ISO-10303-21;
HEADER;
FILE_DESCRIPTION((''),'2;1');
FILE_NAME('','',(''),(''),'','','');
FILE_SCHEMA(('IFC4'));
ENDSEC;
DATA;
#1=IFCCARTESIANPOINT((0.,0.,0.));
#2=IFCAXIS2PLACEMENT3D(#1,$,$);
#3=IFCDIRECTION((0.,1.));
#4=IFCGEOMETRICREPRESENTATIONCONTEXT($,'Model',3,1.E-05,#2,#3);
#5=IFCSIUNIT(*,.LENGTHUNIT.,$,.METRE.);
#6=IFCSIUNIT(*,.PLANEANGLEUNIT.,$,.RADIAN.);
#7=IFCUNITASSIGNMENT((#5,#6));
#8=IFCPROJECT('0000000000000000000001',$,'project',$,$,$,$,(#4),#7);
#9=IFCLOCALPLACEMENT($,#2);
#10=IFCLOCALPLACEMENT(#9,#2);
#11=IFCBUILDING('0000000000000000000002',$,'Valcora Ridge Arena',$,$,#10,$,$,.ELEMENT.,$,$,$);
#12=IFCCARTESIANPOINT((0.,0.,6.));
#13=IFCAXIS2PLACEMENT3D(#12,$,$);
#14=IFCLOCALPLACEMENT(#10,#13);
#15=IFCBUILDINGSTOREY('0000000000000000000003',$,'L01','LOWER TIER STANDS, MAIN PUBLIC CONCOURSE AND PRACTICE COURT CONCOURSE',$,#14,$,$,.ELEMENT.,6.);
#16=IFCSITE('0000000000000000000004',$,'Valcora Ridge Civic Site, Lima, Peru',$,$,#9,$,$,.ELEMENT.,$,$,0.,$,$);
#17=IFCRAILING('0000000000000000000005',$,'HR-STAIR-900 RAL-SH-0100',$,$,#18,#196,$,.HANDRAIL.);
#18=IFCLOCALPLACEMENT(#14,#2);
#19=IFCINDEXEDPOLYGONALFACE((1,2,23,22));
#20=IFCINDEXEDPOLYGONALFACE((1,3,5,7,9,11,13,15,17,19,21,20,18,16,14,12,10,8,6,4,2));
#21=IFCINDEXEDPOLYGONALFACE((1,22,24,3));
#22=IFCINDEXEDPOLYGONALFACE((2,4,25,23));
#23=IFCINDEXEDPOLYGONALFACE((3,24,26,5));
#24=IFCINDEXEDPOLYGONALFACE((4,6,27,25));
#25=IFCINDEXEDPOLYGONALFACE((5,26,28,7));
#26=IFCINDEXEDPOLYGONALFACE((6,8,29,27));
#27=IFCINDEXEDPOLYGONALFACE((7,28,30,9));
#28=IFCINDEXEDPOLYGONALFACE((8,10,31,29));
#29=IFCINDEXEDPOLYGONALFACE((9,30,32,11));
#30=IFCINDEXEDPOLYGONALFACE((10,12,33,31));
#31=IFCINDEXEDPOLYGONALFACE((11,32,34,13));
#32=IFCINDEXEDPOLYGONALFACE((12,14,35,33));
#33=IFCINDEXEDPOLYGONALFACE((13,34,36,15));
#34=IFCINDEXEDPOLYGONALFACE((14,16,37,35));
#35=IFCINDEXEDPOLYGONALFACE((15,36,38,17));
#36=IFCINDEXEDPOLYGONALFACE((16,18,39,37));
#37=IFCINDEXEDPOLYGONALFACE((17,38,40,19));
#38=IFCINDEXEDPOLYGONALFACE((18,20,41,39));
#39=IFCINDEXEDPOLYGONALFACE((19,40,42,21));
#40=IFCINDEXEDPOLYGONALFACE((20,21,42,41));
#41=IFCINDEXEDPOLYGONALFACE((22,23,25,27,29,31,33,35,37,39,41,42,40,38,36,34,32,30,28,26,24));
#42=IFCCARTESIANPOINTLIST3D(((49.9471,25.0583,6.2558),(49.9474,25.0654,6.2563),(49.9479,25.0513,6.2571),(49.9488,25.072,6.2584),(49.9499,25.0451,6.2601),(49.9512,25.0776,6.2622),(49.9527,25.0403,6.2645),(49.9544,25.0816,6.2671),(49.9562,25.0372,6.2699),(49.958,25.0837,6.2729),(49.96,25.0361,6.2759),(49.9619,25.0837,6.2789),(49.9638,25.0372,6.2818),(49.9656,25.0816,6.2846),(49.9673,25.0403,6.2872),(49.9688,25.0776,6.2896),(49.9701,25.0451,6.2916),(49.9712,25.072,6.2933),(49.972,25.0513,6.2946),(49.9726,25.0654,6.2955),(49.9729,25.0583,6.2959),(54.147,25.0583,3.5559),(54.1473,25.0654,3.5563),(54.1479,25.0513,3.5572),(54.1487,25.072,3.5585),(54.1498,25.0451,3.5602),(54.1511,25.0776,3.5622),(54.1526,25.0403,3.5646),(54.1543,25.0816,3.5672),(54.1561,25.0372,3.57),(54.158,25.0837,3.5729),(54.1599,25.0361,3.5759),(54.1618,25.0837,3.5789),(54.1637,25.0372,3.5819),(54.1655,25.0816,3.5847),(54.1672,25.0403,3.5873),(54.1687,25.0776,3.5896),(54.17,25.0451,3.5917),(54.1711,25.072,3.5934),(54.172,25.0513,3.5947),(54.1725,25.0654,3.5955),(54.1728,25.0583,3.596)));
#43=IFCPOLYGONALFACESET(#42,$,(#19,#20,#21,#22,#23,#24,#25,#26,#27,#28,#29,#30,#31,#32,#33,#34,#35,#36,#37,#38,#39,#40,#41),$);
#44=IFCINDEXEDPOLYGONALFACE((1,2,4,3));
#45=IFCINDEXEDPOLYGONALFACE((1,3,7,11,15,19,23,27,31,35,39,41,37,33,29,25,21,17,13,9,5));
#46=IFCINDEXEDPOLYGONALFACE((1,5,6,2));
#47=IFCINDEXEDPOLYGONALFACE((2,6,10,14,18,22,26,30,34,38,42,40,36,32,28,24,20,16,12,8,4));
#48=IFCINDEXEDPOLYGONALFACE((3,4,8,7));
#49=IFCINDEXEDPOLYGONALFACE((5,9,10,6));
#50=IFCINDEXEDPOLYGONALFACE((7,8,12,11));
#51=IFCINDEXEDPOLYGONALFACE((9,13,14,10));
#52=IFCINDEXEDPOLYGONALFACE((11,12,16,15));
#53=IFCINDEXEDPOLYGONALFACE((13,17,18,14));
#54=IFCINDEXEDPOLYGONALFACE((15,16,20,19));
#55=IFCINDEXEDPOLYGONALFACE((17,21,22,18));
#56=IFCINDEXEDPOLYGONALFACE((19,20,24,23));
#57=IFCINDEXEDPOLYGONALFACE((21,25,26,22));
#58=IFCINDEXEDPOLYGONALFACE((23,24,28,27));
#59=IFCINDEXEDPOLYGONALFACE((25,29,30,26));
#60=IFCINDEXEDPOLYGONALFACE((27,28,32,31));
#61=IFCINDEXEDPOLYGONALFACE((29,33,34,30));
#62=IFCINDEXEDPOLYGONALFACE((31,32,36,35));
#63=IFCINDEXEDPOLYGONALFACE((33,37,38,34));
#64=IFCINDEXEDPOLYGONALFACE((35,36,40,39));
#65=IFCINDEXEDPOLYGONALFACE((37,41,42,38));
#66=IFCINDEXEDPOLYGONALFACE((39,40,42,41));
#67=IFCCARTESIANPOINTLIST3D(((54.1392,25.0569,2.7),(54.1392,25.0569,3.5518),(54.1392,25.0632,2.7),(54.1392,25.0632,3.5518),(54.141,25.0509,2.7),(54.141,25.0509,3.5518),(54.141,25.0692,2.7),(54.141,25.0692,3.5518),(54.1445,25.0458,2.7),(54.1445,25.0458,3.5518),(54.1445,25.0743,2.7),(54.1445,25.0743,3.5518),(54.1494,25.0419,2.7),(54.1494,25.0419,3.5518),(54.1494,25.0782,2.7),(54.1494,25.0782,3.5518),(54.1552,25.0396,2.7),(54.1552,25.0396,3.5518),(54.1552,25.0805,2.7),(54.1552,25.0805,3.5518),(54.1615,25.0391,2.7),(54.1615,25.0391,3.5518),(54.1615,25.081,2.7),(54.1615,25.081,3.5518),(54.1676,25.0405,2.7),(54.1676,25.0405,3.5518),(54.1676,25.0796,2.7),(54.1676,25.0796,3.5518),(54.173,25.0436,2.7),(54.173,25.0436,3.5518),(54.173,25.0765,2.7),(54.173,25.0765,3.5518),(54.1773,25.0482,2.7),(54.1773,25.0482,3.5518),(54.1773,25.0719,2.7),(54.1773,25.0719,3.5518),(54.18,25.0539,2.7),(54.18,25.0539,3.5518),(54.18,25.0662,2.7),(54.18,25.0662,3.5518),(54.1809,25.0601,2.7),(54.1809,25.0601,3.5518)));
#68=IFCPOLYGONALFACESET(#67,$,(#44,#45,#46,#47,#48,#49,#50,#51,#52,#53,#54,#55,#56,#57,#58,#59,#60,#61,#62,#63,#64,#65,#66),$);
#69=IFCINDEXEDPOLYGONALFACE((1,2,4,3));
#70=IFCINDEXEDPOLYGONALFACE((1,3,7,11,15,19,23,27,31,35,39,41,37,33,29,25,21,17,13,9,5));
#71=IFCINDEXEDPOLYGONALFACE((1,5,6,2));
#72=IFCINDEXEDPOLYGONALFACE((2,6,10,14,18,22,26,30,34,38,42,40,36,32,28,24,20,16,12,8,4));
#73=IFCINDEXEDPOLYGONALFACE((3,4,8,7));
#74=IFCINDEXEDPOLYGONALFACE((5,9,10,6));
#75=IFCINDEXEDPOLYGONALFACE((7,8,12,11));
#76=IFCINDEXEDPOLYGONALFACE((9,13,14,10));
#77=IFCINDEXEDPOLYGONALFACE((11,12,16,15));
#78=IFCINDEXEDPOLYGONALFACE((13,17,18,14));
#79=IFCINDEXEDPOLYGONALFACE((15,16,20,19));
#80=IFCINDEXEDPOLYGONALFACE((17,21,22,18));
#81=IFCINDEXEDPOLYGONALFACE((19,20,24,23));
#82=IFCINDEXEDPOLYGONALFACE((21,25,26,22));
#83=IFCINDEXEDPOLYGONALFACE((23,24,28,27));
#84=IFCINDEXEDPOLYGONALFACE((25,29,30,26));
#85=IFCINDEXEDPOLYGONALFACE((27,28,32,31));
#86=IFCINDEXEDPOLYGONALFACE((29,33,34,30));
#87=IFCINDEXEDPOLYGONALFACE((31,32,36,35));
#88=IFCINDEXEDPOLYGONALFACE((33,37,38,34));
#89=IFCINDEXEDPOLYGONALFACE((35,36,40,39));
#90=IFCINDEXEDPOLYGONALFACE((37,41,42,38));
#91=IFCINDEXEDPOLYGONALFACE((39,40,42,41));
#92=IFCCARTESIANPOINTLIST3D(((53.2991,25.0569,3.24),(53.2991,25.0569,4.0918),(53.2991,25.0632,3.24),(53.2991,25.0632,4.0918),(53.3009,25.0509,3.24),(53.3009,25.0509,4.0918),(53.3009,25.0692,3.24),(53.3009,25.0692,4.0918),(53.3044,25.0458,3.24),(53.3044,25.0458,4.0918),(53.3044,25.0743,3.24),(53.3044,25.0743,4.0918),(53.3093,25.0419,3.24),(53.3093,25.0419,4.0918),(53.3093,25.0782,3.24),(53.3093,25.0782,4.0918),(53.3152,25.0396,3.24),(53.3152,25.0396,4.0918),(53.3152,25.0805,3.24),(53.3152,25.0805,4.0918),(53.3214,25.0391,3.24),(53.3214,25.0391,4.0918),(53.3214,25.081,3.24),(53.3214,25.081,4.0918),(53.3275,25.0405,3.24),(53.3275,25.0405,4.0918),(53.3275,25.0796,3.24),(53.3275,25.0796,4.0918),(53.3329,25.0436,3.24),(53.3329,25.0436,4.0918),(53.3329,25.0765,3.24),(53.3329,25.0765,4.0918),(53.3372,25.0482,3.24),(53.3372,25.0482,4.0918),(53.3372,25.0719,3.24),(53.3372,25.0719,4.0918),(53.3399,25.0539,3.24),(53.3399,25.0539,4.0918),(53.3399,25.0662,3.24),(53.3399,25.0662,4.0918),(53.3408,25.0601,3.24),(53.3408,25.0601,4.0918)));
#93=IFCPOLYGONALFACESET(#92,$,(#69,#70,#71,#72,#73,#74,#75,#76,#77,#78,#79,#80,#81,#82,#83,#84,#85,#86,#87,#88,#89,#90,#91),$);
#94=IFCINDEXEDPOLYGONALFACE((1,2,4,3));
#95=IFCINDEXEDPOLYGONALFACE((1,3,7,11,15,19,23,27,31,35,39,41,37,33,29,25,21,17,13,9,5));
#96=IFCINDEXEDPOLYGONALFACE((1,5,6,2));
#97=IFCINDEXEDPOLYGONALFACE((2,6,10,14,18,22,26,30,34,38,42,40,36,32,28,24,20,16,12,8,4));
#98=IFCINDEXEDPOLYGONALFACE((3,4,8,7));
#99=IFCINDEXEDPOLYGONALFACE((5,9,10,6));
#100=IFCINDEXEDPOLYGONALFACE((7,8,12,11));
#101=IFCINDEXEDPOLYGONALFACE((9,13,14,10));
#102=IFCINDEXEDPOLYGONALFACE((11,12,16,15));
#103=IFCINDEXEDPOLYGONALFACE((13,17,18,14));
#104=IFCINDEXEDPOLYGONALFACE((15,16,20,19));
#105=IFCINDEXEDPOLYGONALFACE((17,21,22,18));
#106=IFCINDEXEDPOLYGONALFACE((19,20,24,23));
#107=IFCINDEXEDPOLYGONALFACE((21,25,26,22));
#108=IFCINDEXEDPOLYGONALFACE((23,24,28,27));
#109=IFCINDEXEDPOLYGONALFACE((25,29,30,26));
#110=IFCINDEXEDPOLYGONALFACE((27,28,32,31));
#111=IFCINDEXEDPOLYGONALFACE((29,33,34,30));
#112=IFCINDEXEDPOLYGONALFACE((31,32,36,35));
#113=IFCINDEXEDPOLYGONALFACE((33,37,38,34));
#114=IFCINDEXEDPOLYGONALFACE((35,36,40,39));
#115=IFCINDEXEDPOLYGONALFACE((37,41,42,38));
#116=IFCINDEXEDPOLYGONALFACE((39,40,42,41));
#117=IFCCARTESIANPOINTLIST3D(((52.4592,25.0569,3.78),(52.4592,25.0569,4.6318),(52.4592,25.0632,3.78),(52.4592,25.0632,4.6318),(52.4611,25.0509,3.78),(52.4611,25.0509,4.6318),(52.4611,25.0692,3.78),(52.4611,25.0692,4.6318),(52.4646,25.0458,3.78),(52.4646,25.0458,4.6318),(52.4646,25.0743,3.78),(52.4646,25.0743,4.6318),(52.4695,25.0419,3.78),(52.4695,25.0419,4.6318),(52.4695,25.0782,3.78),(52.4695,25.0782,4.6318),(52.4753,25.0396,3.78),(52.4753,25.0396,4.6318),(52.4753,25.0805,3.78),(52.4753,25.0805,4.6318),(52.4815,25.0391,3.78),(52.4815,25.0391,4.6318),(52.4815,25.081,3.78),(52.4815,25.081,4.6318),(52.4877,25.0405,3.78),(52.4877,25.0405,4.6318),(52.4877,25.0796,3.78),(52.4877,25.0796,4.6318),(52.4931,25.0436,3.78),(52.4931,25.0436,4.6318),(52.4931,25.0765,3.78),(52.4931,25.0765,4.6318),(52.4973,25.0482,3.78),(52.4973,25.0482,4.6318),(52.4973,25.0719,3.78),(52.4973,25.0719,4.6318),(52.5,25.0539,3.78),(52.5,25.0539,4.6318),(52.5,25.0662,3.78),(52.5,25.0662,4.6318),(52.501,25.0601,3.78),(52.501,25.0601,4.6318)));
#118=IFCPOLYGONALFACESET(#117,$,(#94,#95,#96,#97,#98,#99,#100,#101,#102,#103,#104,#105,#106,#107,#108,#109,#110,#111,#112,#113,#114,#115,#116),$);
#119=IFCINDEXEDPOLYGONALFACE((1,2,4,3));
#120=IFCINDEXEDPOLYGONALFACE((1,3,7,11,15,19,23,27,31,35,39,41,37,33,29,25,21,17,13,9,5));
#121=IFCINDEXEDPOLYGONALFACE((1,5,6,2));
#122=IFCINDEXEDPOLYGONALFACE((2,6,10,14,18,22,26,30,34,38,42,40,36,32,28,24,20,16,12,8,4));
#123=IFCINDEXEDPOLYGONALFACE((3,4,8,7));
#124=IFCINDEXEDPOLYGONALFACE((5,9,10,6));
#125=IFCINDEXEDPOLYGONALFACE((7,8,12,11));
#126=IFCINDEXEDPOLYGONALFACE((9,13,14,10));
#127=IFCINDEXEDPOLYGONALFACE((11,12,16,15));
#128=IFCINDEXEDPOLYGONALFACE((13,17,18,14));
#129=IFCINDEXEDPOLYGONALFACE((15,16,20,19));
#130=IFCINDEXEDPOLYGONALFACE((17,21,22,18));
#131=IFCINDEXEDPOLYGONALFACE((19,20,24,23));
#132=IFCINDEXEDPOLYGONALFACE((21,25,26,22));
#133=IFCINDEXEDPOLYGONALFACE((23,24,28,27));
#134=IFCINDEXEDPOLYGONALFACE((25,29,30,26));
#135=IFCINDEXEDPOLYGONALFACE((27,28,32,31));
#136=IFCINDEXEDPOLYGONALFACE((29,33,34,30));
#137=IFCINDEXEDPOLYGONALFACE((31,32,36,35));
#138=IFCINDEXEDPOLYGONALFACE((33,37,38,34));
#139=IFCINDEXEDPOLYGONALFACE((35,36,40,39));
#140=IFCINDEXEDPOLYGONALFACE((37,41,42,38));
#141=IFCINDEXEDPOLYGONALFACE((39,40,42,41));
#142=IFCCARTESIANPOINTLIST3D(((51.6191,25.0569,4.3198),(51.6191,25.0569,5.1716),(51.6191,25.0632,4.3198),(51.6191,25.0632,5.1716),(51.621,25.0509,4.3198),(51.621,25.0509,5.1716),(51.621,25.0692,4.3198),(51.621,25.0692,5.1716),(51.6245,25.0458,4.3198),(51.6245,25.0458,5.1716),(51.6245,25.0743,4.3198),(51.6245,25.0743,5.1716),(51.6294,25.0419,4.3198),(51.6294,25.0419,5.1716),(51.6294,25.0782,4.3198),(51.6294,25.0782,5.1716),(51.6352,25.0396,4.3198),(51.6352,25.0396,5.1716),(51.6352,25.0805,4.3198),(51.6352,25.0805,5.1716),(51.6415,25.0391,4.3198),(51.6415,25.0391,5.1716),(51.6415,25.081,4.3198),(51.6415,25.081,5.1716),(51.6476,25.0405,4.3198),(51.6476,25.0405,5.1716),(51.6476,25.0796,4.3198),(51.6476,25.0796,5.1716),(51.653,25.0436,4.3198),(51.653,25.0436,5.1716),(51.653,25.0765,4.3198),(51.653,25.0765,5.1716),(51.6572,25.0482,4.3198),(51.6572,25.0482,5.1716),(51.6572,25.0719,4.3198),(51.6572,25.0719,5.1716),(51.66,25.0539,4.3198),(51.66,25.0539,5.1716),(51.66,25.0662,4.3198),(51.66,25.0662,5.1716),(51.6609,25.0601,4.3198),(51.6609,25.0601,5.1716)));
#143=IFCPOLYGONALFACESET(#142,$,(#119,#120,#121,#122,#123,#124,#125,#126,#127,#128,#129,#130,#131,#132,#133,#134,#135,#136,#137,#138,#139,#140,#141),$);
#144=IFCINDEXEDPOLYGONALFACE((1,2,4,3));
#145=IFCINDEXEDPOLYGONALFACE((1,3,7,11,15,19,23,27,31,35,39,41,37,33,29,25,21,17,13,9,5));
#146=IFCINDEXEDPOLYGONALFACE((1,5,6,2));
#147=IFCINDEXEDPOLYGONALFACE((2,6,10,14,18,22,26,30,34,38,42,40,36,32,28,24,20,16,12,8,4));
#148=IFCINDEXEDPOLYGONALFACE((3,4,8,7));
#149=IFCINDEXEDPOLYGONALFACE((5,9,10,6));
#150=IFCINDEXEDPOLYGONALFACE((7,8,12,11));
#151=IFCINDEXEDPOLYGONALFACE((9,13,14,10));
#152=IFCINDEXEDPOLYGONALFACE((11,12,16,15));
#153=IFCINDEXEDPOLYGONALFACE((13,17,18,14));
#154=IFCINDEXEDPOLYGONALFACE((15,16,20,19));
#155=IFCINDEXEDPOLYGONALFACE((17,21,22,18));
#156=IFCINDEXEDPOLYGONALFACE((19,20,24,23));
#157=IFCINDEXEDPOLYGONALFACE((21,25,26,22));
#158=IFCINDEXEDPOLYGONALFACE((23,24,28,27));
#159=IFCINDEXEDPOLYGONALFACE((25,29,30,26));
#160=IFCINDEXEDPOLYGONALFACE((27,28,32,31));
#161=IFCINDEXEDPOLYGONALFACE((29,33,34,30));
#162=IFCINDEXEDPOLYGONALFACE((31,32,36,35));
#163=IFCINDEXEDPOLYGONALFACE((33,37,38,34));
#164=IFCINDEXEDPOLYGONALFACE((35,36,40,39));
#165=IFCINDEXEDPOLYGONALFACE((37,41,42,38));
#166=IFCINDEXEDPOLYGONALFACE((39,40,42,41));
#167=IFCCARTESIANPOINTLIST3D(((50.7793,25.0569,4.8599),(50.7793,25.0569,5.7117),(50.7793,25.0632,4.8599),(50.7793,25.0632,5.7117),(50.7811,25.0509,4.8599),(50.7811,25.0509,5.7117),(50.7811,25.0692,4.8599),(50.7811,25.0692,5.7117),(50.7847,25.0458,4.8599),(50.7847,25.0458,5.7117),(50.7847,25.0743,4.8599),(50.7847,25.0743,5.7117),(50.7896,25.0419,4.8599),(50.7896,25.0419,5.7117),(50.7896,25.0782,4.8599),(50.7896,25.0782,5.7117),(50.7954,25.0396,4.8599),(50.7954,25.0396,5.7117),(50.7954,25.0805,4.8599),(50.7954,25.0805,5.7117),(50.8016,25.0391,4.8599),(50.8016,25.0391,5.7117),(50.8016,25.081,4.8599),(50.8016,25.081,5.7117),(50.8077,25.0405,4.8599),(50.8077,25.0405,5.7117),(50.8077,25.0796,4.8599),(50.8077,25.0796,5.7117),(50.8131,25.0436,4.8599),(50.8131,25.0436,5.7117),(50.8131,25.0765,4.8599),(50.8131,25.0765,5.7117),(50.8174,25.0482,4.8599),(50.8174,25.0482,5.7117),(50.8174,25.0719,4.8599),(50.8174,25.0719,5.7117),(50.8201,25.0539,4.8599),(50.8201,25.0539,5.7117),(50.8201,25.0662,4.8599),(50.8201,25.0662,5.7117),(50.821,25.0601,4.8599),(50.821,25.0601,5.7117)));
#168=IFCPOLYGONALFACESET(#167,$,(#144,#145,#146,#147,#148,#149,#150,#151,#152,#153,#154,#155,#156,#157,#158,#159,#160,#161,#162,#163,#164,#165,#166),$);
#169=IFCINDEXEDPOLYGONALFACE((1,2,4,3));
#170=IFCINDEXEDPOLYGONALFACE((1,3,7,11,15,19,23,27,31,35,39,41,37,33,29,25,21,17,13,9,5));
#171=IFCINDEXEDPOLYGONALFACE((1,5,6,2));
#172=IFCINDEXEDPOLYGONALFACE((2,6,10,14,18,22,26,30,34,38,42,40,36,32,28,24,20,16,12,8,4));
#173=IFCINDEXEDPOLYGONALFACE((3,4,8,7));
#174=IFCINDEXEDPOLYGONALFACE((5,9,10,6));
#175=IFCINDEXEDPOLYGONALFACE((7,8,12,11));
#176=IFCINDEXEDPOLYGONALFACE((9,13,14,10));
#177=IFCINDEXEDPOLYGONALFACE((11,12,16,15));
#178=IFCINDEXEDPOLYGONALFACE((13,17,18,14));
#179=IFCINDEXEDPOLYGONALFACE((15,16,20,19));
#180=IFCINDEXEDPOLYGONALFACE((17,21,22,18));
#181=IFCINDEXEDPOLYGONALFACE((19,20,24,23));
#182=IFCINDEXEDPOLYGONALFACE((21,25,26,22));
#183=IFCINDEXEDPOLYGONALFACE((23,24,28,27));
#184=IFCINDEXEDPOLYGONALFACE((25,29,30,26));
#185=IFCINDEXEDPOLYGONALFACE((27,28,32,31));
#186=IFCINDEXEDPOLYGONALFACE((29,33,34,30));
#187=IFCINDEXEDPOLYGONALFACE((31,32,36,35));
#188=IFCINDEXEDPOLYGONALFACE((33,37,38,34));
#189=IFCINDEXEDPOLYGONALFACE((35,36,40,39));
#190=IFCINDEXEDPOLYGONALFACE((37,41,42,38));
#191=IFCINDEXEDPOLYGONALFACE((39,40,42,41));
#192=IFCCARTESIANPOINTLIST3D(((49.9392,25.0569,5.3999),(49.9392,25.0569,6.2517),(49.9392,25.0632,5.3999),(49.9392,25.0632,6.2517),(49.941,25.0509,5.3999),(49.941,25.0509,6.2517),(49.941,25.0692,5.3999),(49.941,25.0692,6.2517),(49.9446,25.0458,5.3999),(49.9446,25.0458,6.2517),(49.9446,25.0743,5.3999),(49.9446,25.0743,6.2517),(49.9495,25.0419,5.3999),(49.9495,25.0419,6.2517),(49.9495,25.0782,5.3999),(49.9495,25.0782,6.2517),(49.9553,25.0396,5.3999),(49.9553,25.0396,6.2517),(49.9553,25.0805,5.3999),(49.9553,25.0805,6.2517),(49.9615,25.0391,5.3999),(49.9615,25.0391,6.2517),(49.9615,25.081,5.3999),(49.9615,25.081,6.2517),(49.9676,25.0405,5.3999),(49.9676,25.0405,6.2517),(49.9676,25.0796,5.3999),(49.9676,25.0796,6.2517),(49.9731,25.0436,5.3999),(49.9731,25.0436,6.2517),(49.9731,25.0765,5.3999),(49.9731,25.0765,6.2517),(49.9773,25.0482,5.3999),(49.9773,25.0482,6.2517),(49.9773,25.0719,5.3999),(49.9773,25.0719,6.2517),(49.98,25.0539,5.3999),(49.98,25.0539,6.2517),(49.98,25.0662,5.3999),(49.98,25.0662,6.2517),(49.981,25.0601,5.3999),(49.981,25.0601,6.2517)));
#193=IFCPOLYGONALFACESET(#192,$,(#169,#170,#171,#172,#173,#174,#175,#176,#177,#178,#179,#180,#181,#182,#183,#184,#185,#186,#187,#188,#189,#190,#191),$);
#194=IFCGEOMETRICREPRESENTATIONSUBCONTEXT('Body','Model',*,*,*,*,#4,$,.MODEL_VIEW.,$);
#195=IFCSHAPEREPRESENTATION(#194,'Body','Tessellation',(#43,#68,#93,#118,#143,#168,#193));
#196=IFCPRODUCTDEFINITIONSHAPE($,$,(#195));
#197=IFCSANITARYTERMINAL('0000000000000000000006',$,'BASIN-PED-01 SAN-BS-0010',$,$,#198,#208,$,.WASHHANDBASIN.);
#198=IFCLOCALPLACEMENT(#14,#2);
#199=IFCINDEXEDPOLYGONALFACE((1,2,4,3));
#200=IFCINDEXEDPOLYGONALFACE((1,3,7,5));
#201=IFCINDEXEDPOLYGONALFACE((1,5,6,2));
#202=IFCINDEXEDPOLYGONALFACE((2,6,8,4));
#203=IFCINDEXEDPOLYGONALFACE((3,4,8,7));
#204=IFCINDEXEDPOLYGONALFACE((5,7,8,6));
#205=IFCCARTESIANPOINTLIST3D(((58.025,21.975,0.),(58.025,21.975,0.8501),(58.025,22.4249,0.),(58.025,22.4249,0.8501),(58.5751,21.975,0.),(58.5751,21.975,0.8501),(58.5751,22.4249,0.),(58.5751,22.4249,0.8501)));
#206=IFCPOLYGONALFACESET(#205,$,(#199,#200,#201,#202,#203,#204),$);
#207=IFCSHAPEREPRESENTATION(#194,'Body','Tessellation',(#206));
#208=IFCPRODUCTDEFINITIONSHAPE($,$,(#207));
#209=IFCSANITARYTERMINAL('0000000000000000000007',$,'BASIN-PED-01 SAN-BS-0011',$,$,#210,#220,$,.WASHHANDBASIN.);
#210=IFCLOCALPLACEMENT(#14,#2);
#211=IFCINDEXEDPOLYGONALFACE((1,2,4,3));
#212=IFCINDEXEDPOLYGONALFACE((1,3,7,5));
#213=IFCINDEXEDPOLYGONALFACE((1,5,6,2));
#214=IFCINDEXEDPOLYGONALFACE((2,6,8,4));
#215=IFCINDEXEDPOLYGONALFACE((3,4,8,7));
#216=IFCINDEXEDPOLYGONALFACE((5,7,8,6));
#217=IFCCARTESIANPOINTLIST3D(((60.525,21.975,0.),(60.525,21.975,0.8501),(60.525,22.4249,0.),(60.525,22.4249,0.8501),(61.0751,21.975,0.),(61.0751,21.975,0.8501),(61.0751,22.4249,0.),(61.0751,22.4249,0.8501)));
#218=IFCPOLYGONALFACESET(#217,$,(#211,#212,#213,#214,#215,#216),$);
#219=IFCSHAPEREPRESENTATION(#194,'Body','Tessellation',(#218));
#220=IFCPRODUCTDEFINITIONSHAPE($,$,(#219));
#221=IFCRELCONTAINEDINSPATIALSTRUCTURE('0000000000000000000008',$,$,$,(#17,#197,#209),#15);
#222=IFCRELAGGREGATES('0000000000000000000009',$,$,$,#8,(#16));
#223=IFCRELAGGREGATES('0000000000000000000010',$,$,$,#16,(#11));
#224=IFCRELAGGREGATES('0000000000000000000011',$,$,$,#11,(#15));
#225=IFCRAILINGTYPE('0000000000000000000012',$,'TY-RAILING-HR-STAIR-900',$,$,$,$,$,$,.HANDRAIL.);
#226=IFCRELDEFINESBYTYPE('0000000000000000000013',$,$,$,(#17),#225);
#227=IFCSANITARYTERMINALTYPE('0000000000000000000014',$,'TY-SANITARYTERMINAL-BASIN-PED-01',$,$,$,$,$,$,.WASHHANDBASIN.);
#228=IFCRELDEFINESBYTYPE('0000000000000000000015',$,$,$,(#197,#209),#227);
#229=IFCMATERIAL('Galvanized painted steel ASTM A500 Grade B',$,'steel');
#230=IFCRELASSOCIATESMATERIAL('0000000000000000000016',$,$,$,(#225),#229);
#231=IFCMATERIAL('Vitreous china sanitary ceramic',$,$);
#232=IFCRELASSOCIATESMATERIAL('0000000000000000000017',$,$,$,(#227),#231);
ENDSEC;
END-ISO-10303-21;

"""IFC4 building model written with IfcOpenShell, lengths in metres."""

from ifc_helpers import new_model, si_unit, direction, frame, origin, origin_2d, place, context, subcontext, project, spatial, rectangle, circle, extrude, material, type_object, element, save


model = new_model("IFC4")

# Units and contexts
model_context = context("Model", 3, precision=1e-05, world=origin(), true_north=direction((0.0, 1.0)))
body_context = subcontext(model_context, "Body", "Model", "MODEL_VIEW")
ifc_project = project(units=[si_unit("LENGTHUNIT", "METRE"), si_unit("PLANEANGLEUNIT", "RADIAN")], contexts=[model_context])

# Site, building, storey
site_placement = place(None, origin())
site = spatial("IfcSite", under=ifc_project, at=site_placement, Name="Valcora Ridge Civic Site, Lima, Peru", CompositionType="ELEMENT", RefElevation=0.0)
building_placement = place(site_placement, origin())
building = spatial("IfcBuilding", under=site, at=building_placement, Name="Valcora Ridge Arena", CompositionType="ELEMENT")
storey_placement = place(building_placement, frame((0.0, 0.0, 6.0)))
storey = spatial("IfcBuildingStorey", under=building, at=storey_placement, Name="L01", Description="LOWER TIER STANDS, MAIN PUBLIC CONCOURSE AND PRACTICE COURT CONCOURSE", CompositionType="ELEMENT", Elevation=6.0)

# Railing
ifc_material_1 = material(Name="Galvanized painted steel ASTM A500 Grade B", Category="steel")
railing_type = type_object("IfcRailingType", Name="TY-RAILING-HR-STAIR-900", PredefinedType="HANDRAIL", material=ifc_material_1)
railing_placement = place(storey_placement, frame((54.1599, 25.0601, 2.7)))
element("IfcRailing", 1, at=railing_placement, inside=storey, type_object=railing_type, Name="HR-STAIR-900 RAL-SH-0100", PredefinedType="HANDRAIL", context=body_context, shape_type="SweptSolid", body=[
    extrude(circle(Radius=0.0239, at=origin_2d()), frame((0.0, 0.0, 0.876), z_axis=(-0.84118, 0.0, 0.540755), x_axis=(0.0, -1.0, 0.0)), (0.0, 0.0, 1.0), 4.9929),
    extrude(circle(Radius=0.021, at=origin_2d()), origin(), (0.0, 0.0, 1.0), 0.8518),
    extrude(circle(Radius=0.021, at=origin_2d()), frame((-0.8401, 0.0, 0.54)), (0.0, 0.0, 1.0), 0.8518),
    extrude(circle(Radius=0.021, at=origin_2d()), frame((-1.6799, 0.0, 1.0801)), (0.0, 0.0, 1.0), 0.8518),
    extrude(circle(Radius=0.021, at=origin_2d()), frame((-2.52, 0.0, 1.6199)), (0.0, 0.0, 1.0), 0.8518),
    extrude(circle(Radius=0.021, at=origin_2d()), frame((-3.3599, 0.0, 2.1599)), (0.0, 0.0, 1.0), 0.8518),
    extrude(circle(Radius=0.021, at=origin_2d()), frame((-4.2, 0.0, 2.7)), (0.0, 0.0, 1.0), 0.8518),
])

# Sanitary terminals
ifc_material_2 = material(Name="Vitreous china sanitary ceramic")
sanitary_terminal_type_1 = type_object("IfcSanitaryTerminalType", Name="TY-SANITARYTERMINAL-BASIN-PED-01", PredefinedType="WASHHANDBASIN", material=ifc_material_2)
for number, where, z_axis, x_axis, name in (
    (2, (58.3, 22.2, 0.0), (0.0, 0.0, 1.0), (1.0, 0.0, 0.0), "BASIN-PED-01 SAN-BS-0010"),
    (3, (60.8, 22.2, 0.0), (0.0, 0.0, 1.0), (1.0, 0.0, 0.0), "BASIN-PED-01 SAN-BS-0011"),
):
    element("IfcSanitaryTerminal", number, at=place(storey_placement, frame(where, z_axis=z_axis, x_axis=x_axis)), inside=storey, type_object=sanitary_terminal_type_1, Name=name, PredefinedType="WASHHANDBASIN", context=body_context, shape_type="SweptSolid", body=[
        extrude(rectangle(XDim=0.55, YDim=0.45, at=origin_2d()), origin(), (0.0, 0.0, 1.0), 0.8501),
    ])

save(model, "model.ifc")
